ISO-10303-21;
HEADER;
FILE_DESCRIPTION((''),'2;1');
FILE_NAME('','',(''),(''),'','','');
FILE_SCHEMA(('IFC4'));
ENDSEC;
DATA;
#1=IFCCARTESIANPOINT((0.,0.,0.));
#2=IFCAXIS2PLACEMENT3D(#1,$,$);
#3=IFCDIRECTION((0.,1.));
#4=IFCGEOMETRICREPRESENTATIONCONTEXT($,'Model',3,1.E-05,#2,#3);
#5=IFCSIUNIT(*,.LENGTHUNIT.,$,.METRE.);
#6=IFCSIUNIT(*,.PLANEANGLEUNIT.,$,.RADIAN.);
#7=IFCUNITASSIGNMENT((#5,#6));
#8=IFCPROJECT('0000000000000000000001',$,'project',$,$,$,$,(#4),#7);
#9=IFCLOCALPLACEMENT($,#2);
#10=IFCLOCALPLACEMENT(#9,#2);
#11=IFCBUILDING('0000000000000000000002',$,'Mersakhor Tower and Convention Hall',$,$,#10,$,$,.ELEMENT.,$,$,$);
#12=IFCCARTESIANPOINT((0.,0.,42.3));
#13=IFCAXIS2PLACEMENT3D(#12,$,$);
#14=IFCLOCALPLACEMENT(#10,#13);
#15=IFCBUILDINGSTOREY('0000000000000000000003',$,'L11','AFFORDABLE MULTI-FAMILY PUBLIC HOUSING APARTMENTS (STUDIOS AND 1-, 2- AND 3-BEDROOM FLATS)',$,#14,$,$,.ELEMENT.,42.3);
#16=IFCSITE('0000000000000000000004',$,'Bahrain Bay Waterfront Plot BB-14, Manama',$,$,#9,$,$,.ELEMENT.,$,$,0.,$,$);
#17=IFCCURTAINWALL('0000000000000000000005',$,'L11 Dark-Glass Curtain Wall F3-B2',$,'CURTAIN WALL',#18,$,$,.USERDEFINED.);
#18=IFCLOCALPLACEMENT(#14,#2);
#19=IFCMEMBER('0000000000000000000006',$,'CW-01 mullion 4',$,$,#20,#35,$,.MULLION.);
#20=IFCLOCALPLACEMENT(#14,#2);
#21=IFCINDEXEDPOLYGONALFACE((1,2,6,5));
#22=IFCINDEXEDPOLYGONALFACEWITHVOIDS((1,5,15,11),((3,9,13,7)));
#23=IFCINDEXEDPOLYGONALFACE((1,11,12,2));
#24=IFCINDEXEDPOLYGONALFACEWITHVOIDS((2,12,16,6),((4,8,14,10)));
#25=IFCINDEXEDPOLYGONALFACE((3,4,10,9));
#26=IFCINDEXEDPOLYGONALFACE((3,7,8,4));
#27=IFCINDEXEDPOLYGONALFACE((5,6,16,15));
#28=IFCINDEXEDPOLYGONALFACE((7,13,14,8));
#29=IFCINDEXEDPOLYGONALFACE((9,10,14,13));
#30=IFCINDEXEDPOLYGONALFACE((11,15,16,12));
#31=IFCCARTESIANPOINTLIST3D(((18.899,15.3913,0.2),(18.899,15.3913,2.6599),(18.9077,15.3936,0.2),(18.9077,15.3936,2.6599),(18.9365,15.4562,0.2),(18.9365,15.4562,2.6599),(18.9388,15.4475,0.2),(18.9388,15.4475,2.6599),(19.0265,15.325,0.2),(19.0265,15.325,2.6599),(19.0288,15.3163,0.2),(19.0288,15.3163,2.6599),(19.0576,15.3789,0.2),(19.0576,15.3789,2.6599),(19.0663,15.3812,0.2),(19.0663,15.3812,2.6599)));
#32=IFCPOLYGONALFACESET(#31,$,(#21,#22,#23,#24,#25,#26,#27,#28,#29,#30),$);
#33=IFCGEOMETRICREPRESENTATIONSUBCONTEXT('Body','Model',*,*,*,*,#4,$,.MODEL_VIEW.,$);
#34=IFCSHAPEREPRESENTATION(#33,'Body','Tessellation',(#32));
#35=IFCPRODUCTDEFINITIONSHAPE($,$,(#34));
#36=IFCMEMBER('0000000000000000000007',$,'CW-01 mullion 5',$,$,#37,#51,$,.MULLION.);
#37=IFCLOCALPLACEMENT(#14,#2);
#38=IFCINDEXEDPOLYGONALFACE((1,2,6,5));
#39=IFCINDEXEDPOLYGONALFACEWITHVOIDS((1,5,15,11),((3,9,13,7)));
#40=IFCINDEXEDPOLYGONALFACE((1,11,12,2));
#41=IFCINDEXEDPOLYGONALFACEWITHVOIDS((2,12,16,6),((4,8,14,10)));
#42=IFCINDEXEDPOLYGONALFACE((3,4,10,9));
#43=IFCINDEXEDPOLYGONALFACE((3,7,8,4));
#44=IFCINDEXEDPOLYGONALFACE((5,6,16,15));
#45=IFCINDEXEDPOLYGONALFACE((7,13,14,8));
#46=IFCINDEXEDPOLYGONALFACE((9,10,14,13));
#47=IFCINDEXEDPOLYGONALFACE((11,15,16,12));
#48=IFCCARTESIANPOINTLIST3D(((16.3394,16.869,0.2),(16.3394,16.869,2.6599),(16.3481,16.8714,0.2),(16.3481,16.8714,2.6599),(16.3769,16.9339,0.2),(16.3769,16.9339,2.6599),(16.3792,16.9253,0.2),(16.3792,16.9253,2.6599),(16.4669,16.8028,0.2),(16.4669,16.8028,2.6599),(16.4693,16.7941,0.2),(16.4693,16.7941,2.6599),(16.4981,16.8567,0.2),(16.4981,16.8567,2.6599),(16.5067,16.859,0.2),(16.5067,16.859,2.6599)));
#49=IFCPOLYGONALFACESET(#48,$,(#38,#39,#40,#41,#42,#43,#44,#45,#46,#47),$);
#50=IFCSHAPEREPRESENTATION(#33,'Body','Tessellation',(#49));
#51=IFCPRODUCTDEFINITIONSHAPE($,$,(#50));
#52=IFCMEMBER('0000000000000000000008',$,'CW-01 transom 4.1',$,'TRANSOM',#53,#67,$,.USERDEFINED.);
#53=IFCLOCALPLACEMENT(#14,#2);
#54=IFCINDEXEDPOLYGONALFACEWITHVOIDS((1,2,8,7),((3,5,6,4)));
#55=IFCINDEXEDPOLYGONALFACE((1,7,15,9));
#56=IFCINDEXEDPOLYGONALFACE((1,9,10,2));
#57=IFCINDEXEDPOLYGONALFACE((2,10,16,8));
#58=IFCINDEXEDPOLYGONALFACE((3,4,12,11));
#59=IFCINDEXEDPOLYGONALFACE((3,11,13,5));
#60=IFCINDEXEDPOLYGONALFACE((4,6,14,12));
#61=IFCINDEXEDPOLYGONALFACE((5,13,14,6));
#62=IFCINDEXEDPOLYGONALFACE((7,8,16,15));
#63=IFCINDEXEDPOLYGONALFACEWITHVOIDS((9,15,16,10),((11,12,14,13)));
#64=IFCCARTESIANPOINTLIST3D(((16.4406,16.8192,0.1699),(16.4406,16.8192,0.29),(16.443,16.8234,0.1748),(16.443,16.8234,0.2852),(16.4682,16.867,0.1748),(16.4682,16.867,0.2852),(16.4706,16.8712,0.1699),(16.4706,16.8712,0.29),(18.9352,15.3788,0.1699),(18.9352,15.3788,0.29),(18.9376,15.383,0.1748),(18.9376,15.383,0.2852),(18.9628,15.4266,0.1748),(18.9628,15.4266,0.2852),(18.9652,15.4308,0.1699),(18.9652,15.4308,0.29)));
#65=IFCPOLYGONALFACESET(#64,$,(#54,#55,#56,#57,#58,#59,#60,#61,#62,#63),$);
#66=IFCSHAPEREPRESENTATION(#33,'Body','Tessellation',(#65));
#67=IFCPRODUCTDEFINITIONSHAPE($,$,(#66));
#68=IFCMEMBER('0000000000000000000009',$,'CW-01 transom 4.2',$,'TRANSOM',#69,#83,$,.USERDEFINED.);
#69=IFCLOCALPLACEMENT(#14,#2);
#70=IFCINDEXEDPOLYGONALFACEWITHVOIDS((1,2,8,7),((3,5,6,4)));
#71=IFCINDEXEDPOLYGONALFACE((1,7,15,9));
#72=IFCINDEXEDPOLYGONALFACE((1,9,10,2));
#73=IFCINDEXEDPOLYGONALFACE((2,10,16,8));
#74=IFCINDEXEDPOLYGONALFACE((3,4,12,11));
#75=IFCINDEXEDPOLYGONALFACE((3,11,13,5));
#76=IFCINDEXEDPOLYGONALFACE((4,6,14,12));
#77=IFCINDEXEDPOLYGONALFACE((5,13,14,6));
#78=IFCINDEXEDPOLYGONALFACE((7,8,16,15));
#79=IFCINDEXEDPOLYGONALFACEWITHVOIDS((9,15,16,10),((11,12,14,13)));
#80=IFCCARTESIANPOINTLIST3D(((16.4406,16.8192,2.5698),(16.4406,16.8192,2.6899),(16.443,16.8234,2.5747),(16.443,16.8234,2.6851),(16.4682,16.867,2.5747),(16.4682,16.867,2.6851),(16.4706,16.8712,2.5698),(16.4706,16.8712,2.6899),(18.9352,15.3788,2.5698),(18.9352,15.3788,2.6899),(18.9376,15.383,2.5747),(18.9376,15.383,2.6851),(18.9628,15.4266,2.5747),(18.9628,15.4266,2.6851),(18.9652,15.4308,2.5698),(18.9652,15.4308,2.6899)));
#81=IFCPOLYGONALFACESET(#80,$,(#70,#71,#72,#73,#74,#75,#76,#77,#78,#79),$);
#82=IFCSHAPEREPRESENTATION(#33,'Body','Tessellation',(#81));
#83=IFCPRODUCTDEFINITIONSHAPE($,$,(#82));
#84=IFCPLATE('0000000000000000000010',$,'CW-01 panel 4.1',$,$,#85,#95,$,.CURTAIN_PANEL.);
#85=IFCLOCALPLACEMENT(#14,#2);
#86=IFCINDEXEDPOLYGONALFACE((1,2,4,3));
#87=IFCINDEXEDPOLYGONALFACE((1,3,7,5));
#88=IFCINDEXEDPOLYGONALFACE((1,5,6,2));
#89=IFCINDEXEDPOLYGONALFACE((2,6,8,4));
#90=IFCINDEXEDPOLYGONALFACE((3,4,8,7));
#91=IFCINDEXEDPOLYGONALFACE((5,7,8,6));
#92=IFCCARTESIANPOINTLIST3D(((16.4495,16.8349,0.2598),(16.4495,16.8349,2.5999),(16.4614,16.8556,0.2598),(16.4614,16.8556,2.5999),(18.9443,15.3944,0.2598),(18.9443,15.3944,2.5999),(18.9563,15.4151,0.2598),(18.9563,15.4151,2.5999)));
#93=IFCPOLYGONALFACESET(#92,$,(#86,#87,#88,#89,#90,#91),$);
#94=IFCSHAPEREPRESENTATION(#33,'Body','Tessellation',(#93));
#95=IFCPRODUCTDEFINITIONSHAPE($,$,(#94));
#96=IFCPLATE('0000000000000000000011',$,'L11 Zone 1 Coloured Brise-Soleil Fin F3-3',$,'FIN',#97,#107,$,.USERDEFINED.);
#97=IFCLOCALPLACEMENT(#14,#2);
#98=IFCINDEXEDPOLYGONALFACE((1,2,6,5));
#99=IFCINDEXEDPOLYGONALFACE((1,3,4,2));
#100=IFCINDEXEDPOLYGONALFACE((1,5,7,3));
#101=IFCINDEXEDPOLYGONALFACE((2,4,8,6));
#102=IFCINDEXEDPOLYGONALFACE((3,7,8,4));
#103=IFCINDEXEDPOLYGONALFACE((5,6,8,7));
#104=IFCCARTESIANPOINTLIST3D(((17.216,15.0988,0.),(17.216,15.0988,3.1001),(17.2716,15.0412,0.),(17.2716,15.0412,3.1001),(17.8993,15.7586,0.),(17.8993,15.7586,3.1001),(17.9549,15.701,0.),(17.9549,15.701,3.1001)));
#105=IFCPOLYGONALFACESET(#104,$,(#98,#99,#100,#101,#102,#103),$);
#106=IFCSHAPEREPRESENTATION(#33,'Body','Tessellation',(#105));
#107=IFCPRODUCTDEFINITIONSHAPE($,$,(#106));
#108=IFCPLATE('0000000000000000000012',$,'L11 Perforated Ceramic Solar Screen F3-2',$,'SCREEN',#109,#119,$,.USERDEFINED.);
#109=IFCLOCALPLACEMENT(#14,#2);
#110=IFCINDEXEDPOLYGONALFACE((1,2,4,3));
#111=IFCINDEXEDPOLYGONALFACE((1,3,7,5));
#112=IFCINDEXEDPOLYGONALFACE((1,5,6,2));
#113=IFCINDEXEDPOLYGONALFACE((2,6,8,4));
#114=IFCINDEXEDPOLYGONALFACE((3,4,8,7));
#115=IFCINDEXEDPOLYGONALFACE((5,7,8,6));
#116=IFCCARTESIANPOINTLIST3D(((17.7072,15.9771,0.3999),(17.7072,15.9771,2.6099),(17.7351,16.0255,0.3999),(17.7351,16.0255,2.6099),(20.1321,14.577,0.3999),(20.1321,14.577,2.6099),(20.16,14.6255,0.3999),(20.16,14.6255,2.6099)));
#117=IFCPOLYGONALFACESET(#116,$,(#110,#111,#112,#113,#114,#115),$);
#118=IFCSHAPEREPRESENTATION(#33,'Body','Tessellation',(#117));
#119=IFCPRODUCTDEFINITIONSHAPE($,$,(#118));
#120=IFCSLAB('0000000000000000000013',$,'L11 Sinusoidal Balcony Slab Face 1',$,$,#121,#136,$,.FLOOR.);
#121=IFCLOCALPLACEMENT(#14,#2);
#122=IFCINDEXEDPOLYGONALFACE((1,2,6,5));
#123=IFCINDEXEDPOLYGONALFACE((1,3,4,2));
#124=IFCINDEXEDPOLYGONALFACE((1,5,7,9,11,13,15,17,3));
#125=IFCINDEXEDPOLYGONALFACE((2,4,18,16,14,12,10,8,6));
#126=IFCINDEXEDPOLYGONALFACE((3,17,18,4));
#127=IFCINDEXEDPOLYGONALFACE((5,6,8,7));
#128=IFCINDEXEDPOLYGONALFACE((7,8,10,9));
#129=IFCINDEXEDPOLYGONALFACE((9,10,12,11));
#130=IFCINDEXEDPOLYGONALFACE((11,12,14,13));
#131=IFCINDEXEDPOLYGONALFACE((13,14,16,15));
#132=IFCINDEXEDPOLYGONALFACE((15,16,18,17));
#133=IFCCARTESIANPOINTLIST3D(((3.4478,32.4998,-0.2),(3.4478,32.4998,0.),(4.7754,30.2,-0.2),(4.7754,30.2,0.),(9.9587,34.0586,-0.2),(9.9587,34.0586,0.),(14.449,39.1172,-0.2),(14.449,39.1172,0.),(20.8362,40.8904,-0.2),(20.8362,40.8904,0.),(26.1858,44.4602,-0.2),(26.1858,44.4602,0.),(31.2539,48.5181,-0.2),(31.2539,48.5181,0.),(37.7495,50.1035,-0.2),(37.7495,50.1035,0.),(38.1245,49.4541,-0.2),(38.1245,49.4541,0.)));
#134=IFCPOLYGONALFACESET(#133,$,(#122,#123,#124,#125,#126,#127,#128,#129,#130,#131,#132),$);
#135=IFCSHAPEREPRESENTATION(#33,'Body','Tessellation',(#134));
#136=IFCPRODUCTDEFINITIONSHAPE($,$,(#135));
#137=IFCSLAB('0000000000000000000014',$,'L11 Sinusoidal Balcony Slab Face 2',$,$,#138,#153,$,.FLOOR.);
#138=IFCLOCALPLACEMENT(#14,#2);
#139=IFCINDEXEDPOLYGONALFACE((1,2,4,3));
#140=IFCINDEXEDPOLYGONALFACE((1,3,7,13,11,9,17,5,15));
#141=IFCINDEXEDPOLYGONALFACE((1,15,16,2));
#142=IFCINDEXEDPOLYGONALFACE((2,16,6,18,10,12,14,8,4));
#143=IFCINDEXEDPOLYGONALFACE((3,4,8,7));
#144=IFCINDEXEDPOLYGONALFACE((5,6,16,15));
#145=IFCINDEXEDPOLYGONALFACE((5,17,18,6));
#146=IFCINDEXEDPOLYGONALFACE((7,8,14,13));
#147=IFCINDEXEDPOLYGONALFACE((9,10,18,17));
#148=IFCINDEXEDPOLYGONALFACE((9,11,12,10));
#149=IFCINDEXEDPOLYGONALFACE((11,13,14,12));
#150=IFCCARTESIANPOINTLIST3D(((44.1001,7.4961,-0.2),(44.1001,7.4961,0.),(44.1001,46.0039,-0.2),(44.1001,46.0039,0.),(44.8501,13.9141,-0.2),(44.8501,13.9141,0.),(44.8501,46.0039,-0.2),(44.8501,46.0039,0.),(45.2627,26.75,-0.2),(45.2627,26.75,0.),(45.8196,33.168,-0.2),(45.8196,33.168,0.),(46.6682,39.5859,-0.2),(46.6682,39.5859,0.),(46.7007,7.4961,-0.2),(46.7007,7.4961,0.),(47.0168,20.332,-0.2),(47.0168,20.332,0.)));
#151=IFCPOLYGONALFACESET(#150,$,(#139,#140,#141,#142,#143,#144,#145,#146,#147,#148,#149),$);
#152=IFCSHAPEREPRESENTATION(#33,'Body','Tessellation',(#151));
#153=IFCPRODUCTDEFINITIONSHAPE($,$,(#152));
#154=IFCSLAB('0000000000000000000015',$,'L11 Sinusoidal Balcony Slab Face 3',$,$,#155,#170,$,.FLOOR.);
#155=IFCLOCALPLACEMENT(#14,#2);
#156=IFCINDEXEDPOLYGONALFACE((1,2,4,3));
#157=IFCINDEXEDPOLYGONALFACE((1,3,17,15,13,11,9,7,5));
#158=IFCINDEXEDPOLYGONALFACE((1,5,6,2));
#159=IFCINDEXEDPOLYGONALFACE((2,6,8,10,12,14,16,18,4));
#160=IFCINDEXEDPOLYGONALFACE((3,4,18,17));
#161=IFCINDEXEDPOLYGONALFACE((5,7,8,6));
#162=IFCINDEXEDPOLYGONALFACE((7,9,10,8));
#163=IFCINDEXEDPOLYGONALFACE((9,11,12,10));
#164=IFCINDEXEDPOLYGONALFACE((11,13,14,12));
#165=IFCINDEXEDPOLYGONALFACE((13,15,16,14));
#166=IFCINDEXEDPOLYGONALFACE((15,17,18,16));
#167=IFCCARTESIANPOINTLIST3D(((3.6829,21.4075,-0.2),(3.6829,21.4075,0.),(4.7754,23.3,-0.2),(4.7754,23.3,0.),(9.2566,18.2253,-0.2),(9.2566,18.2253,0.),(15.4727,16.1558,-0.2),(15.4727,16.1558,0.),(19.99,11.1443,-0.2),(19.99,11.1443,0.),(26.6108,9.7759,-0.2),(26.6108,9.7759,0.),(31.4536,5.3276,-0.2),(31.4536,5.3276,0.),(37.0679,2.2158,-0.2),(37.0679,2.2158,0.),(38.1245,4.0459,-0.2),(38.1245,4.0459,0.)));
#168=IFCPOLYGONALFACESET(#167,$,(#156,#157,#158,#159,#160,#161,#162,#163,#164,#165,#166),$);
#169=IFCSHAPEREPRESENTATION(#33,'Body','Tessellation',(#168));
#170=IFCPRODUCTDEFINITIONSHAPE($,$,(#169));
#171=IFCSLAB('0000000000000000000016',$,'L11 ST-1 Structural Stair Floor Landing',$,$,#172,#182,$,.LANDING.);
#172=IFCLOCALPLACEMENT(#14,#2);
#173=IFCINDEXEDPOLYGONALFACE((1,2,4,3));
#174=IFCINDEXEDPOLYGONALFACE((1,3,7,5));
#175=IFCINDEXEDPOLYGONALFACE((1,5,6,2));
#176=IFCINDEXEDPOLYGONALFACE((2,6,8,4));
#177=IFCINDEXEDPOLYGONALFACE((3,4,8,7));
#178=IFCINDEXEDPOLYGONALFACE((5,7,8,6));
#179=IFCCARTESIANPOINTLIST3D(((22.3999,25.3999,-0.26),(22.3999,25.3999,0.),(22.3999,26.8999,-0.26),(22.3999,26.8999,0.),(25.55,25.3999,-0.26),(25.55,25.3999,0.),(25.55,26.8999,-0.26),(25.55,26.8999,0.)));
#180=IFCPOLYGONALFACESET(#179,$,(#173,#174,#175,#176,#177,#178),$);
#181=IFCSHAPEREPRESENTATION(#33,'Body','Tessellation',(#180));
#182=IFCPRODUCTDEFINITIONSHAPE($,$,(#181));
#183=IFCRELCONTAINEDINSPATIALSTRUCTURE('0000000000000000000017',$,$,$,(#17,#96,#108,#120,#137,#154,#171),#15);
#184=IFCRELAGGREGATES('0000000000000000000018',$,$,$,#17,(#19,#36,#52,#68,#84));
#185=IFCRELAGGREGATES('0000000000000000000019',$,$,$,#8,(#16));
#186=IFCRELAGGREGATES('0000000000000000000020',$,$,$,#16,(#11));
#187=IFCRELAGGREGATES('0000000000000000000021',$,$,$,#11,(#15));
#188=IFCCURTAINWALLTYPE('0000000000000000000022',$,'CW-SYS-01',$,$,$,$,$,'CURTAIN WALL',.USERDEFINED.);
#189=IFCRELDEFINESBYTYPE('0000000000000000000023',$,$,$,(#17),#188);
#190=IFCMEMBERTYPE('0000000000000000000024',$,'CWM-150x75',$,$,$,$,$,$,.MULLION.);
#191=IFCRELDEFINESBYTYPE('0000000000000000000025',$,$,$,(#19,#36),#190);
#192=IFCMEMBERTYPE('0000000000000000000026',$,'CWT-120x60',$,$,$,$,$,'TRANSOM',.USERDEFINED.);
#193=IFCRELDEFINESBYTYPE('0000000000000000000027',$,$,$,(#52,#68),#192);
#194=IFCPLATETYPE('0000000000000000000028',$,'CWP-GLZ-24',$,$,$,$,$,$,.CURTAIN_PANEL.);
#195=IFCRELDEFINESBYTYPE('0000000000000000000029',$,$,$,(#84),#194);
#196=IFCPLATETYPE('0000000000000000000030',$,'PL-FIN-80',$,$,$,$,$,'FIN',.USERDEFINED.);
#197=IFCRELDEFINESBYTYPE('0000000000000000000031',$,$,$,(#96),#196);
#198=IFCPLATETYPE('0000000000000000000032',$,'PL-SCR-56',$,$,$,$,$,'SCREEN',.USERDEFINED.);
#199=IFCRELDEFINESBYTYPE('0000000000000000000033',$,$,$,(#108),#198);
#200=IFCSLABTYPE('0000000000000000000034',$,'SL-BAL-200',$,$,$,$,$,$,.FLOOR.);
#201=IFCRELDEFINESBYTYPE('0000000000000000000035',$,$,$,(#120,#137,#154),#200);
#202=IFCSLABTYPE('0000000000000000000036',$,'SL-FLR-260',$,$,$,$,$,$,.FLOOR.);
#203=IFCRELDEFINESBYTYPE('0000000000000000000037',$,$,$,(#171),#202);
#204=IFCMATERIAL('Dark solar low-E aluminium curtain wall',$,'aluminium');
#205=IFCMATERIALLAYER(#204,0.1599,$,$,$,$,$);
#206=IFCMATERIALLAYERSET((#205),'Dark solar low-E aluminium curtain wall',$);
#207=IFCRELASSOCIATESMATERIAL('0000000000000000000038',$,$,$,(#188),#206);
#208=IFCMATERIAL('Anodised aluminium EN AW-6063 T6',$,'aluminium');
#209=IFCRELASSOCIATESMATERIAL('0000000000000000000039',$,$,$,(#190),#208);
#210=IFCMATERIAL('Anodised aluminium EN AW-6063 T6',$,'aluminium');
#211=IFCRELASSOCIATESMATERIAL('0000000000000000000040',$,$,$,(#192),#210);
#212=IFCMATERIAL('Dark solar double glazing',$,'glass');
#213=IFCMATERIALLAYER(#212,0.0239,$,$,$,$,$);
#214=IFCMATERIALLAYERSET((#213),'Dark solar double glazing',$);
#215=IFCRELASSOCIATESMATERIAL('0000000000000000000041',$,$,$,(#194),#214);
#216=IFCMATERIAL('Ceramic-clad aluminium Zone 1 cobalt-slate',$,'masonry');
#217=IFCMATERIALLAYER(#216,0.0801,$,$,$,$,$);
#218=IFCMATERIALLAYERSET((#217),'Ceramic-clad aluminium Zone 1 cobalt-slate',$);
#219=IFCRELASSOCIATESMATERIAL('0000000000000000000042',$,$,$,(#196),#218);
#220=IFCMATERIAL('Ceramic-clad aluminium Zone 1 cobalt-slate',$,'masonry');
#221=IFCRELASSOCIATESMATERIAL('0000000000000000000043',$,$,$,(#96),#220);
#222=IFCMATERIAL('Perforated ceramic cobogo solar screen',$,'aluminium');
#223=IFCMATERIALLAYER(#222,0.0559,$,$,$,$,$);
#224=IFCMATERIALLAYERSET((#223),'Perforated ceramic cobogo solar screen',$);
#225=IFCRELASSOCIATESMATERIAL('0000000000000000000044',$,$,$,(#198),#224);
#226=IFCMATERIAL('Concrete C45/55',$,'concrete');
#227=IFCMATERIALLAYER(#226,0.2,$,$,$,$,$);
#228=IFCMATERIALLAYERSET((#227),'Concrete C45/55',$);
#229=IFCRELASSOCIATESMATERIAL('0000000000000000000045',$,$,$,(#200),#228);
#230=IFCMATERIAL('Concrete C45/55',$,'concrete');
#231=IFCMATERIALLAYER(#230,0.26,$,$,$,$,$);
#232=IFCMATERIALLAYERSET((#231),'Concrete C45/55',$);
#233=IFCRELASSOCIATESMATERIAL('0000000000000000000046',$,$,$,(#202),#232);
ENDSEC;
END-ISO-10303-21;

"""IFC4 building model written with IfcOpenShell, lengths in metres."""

from ifc_helpers import new_model, si_unit, direction, frame, origin, origin_2d, place, context, subcontext, project, spatial, polyline, rectangle, hollow_rectangle, outline, extrude, material, layer, layer_set, material_profile, profile_set, type_object, element, aggregate, save


model = new_model("IFC4")

# Units and contexts
model_context = context("Model", 3, precision=1e-05, world=origin(), true_north=direction((0.0, 1.0)))
body_context = subcontext(model_context, "Body", "Model", "MODEL_VIEW")
ifc_project = project(units=[si_unit("LENGTHUNIT", "METRE"), si_unit("PLANEANGLEUNIT", "RADIAN")], contexts=[model_context])

# Site, building, storey
site_placement = place(None, origin())
site = spatial("IfcSite", under=ifc_project, at=site_placement, Name="Bahrain Bay Waterfront Plot BB-14, Manama", CompositionType="ELEMENT", RefElevation=0.0)
building_placement = place(site_placement, origin())
building = spatial("IfcBuilding", under=site, at=building_placement, Name="Mersakhor Tower and Convention Hall", CompositionType="ELEMENT")
storey_placement = place(building_placement, frame((0.0, 0.0, 42.3)))
storey = spatial("IfcBuildingStorey", under=building, at=storey_placement, Name="L11", Description="AFFORDABLE MULTI-FAMILY PUBLIC HOUSING APARTMENTS (STUDIOS AND 1-, 2- AND 3-BEDROOM FLATS)", CompositionType="ELEMENT", Elevation=42.3)

# Curtain wall, members, plate
ifc_material_1 = material(Name="Dark solar low-E aluminium curtain wall", Category="aluminium")
ifc_layer_1 = layer(ifc_material_1, 0.1599)
ifc_layer_set_1 = layer_set([ifc_layer_1], Name="Dark solar low-E aluminium curtain wall")
curtain_wall_type = type_object("IfcCurtainWallType", Name="CW-SYS-01", ElementType="CURTAIN WALL", PredefinedType="USERDEFINED", material=ifc_layer_set_1)
curtain_wall_placement = place(storey_placement, origin())
curtain_wall = element("IfcCurtainWall", 1, at=curtain_wall_placement, inside=storey, type_object=curtain_wall_type, Name="L11 Dark-Glass Curtain Wall F3-B2", ObjectType="CURTAIN WALL", PredefinedType="USERDEFINED")
ifc_material_2 = material(Name="Anodised aluminium EN AW-6063 T6", Category="aluminium")
ifc_material_profile_1 = material_profile(ifc_material_2, hollow_rectangle(XDim=0.075, YDim=0.1499, WallThickness=0.0063, at=origin_2d()), Name="RHS 150x75x6.3")
ifc_profile_set_1 = profile_set([ifc_material_profile_1], Name="Anodised aluminium EN AW-6063 T6")
member_type_1 = type_object("IfcMemberType", Name="CWM-150x75", PredefinedType="MULLION", material=ifc_profile_set_1)
member_1_placement = place(storey_placement, frame((18.9827, 15.3862, 0.2), z_axis=(0.0, 0.0, 1.0), x_axis=(-0.500003, -0.866023, 0.0)))
member_1 = element("IfcMember", 2, at=member_1_placement, type_object=member_type_1, Name="CW-01 mullion 4", PredefinedType="MULLION", context=body_context, shape_type="SweptSolid", body=[
    extrude(hollow_rectangle(XDim=0.075, YDim=0.1499, WallThickness=0.0063, at=origin_2d()), origin(), (0.0, 0.0, 1.0), 2.46),
])
member_2_placement = place(storey_placement, frame((16.4231, 16.864, 0.2), z_axis=(0.0, 0.0, 1.0), x_axis=(-0.500003, -0.866023, 0.0)))
member_2 = element("IfcMember", 3, at=member_2_placement, type_object=member_type_1, Name="CW-01 mullion 5", PredefinedType="MULLION", context=body_context, shape_type="SweptSolid", body=[
    extrude(hollow_rectangle(XDim=0.075, YDim=0.1499, WallThickness=0.0063, at=origin_2d()), origin(), (0.0, 0.0, 1.0), 2.46),
])
ifc_material_3 = material(Name="Anodised aluminium EN AW-6063 T6", Category="aluminium")
ifc_material_profile_2 = material_profile(ifc_material_3, hollow_rectangle(XDim=0.0601, YDim=0.1201, WallThickness=0.0049, at=origin_2d()), Name="RHS 120x60x5")
ifc_profile_set_2 = profile_set([ifc_material_profile_2], Name="Anodised aluminium EN AW-6063 T6")
member_type_2 = type_object("IfcMemberType", Name="CWT-120x60", ElementType="TRANSOM", PredefinedType="USERDEFINED", material=ifc_profile_set_2)
member_3_placement = place(storey_placement, frame((18.9502, 15.4048, 0.23), z_axis=(-0.866002, 0.50004, 0.0), x_axis=(-0.50004, -0.866002, 0.0)))
member_3 = element("IfcMember", 4, at=member_3_placement, type_object=member_type_2, Name="CW-01 transom 4.1", ObjectType="TRANSOM", PredefinedType="USERDEFINED", context=body_context, shape_type="SweptSolid", body=[
    extrude(hollow_rectangle(XDim=0.0601, YDim=0.1201, WallThickness=0.0049, at=origin_2d()), origin(), (0.0, 0.0, 1.0), 2.8806),
])
member_4_placement = place(storey_placement, frame((18.9502, 15.4048, 2.6299), z_axis=(-0.866002, 0.50004, 0.0), x_axis=(-0.50004, -0.866002, 0.0)))
member_4 = element("IfcMember", 5, at=member_4_placement, type_object=member_type_2, Name="CW-01 transom 4.2", ObjectType="TRANSOM", PredefinedType="USERDEFINED", context=body_context, shape_type="SweptSolid", body=[
    extrude(hollow_rectangle(XDim=0.0601, YDim=0.1201, WallThickness=0.0049, at=origin_2d()), origin(), (0.0, 0.0, 1.0), 2.8806),
])
ifc_material_4 = material(Name="Dark solar double glazing", Category="glass")
ifc_layer_2 = layer(ifc_material_4, 0.0239)
ifc_layer_set_2 = layer_set([ifc_layer_2], Name="Dark solar double glazing")
plate_type_1 = type_object("IfcPlateType", Name="CWP-GLZ-24", PredefinedType="CURTAIN_PANEL", material=ifc_layer_set_2)
plate_1_placement = place(storey_placement, frame((17.7029, 16.125, 0.2598), z_axis=(0.0, 0.0, 1.0), x_axis=(-0.866023, 0.500003, 0.0)))
plate_1 = element("IfcPlate", 6, at=plate_1_placement, type_object=plate_type_1, Name="CW-01 panel 4.1", PredefinedType="CURTAIN_PANEL", context=body_context, shape_type="SweptSolid", body=[
    extrude(rectangle(XDim=2.8809, YDim=0.0239, at=origin_2d()), origin(), (0.0, 0.0, 1.0), 2.3401),
])
aggregate(curtain_wall, [member_1, member_2, member_3, member_4, plate_1])

# Plates
ifc_material_5 = material(Name="Ceramic-clad aluminium Zone 1 cobalt-slate", Category="masonry")
ifc_material_6 = material(Name="Ceramic-clad aluminium Zone 1 cobalt-slate", Category="masonry")
ifc_layer_3 = layer(ifc_material_6, 0.0801)
ifc_layer_set_3 = layer_set([ifc_layer_3], Name="Ceramic-clad aluminium Zone 1 cobalt-slate")
plate_type_2 = type_object("IfcPlateType", Name="PL-FIN-80", ElementType="FIN", PredefinedType="USERDEFINED", material=ifc_layer_set_3)
plate_2_placement = place(storey_placement, frame((17.5854, 15.3999, 0.0), z_axis=(0.0, 0.0, 1.0), x_axis=(-0.71934, -0.694658, 0.0)))
element("IfcPlate", 7, at=plate_2_placement, inside=storey, type_object=plate_type_2, material=ifc_material_5, Name="L11 Zone 1 Coloured Brise-Soleil Fin F3-3", ObjectType="FIN", PredefinedType="USERDEFINED", context=body_context, shape_type="SweptSolid", body=[
    extrude(rectangle(XDim=0.95, YDim=0.0801, at=origin_2d()), origin(), (0.0, 0.0, 1.0), 3.1001),
])
ifc_material_7 = material(Name="Perforated ceramic cobogo solar screen", Category="aluminium")
ifc_layer_4 = layer(ifc_material_7, 0.0559)
ifc_layer_set_4 = layer_set([ifc_layer_4], Name="Perforated ceramic cobogo solar screen")
plate_type_3 = type_object("IfcPlateType", Name="PL-SCR-56", ElementType="SCREEN", PredefinedType="USERDEFINED", material=ifc_layer_set_4)
plate_3_placement = place(storey_placement, frame((18.9336, 15.3013, 0.3999), z_axis=(0.0, 0.0, 1.0), x_axis=(-0.866025, 0.5, 0.0)))
element("IfcPlate", 8, at=plate_3_placement, inside=storey, type_object=plate_type_3, Name="L11 Perforated Ceramic Solar Screen F3-2", ObjectType="SCREEN", PredefinedType="USERDEFINED", context=body_context, shape_type="SweptSolid", body=[
    extrude(rectangle(XDim=2.8, YDim=0.0559, at=origin_2d()), origin(), (0.0, 0.0, 1.0), 2.21),
])

# Slabs
ifc_material_8 = material(Name="Concrete C45/55", Category="concrete")
ifc_layer_5 = layer(ifc_material_8, 0.2)
ifc_layer_set_5 = layer_set([ifc_layer_5], Name="Concrete C45/55")
slab_type_1 = type_object("IfcSlabType", Name="SL-BAL-200", PredefinedType="FLOOR", material=ifc_layer_set_5)
slab_1_placement = place(storey_placement, frame((0.0, 0.0, -0.2)))
element("IfcSlab", 9, at=slab_1_placement, inside=storey, type_object=slab_type_1, Name="L11 Sinusoidal Balcony Slab Face 1", PredefinedType="FLOOR", context=body_context, shape_type="SweptSolid", body=[
    extrude(outline(polyline([(4.7754, 30.2), (38.1245, 49.4541), (37.7495, 50.1035), (31.2539, 48.5181), (26.1858, 44.4602), (20.8362, 40.8904), (14.449, 39.1172), (9.9587, 34.0586), (3.4478, 32.4998), (4.7754, 30.2)])), origin(), (0.0, 0.0, 1.0), 0.2),
])
slab_2_placement = place(storey_placement, frame((0.0, 0.0, -0.2)))
element("IfcSlab", 10, at=slab_2_placement, inside=storey, type_object=slab_type_1, Name="L11 Sinusoidal Balcony Slab Face 2", PredefinedType="FLOOR", context=body_context, shape_type="SweptSolid", body=[
    extrude(outline(polyline([(44.1001, 46.0039), (44.1001, 7.4961), (46.7007, 7.4961), (44.8501, 13.9141), (47.0168, 20.332), (45.2627, 26.75), (45.8196, 33.168), (46.6682, 39.5859), (44.8501, 46.0039), (44.1001, 46.0039)])), origin(), (0.0, 0.0, 1.0), 0.2),
])
slab_3_placement = place(storey_placement, frame((0.0, 0.0, -0.2)))
element("IfcSlab", 11, at=slab_3_placement, inside=storey, type_object=slab_type_1, Name="L11 Sinusoidal Balcony Slab Face 3", PredefinedType="FLOOR", context=body_context, shape_type="SweptSolid", body=[
    extrude(outline(polyline([(38.1245, 4.0459), (4.7754, 23.3), (3.6829, 21.4075), (9.2566, 18.2253), (15.4727, 16.1558), (19.99, 11.1443), (26.6108, 9.7759), (31.4536, 5.3276), (37.0679, 2.2158), (38.1245, 4.0459)])), origin(), (0.0, 0.0, 1.0), 0.2),
])
ifc_material_9 = material(Name="Concrete C45/55", Category="concrete")
ifc_layer_6 = layer(ifc_material_9, 0.26)
ifc_layer_set_6 = layer_set([ifc_layer_6], Name="Concrete C45/55")
slab_type_2 = type_object("IfcSlabType", Name="SL-FLR-260", PredefinedType="FLOOR", material=ifc_layer_set_6)
slab_4_placement = place(storey_placement, frame((0.0, 0.0, -0.26)))
element("IfcSlab", 12, at=slab_4_placement, inside=storey, type_object=slab_type_2, Name="L11 ST-1 Structural Stair Floor Landing", PredefinedType="LANDING", context=body_context, shape_type="SweptSolid", body=[
    extrude(outline(polyline([(25.55, 25.3999), (25.55, 26.8999), (22.3999, 26.8999), (22.3999, 25.3999), (25.55, 25.3999)])), origin(), (0.0, 0.0, 1.0), 0.26),
])

save(model, "model.ifc")
